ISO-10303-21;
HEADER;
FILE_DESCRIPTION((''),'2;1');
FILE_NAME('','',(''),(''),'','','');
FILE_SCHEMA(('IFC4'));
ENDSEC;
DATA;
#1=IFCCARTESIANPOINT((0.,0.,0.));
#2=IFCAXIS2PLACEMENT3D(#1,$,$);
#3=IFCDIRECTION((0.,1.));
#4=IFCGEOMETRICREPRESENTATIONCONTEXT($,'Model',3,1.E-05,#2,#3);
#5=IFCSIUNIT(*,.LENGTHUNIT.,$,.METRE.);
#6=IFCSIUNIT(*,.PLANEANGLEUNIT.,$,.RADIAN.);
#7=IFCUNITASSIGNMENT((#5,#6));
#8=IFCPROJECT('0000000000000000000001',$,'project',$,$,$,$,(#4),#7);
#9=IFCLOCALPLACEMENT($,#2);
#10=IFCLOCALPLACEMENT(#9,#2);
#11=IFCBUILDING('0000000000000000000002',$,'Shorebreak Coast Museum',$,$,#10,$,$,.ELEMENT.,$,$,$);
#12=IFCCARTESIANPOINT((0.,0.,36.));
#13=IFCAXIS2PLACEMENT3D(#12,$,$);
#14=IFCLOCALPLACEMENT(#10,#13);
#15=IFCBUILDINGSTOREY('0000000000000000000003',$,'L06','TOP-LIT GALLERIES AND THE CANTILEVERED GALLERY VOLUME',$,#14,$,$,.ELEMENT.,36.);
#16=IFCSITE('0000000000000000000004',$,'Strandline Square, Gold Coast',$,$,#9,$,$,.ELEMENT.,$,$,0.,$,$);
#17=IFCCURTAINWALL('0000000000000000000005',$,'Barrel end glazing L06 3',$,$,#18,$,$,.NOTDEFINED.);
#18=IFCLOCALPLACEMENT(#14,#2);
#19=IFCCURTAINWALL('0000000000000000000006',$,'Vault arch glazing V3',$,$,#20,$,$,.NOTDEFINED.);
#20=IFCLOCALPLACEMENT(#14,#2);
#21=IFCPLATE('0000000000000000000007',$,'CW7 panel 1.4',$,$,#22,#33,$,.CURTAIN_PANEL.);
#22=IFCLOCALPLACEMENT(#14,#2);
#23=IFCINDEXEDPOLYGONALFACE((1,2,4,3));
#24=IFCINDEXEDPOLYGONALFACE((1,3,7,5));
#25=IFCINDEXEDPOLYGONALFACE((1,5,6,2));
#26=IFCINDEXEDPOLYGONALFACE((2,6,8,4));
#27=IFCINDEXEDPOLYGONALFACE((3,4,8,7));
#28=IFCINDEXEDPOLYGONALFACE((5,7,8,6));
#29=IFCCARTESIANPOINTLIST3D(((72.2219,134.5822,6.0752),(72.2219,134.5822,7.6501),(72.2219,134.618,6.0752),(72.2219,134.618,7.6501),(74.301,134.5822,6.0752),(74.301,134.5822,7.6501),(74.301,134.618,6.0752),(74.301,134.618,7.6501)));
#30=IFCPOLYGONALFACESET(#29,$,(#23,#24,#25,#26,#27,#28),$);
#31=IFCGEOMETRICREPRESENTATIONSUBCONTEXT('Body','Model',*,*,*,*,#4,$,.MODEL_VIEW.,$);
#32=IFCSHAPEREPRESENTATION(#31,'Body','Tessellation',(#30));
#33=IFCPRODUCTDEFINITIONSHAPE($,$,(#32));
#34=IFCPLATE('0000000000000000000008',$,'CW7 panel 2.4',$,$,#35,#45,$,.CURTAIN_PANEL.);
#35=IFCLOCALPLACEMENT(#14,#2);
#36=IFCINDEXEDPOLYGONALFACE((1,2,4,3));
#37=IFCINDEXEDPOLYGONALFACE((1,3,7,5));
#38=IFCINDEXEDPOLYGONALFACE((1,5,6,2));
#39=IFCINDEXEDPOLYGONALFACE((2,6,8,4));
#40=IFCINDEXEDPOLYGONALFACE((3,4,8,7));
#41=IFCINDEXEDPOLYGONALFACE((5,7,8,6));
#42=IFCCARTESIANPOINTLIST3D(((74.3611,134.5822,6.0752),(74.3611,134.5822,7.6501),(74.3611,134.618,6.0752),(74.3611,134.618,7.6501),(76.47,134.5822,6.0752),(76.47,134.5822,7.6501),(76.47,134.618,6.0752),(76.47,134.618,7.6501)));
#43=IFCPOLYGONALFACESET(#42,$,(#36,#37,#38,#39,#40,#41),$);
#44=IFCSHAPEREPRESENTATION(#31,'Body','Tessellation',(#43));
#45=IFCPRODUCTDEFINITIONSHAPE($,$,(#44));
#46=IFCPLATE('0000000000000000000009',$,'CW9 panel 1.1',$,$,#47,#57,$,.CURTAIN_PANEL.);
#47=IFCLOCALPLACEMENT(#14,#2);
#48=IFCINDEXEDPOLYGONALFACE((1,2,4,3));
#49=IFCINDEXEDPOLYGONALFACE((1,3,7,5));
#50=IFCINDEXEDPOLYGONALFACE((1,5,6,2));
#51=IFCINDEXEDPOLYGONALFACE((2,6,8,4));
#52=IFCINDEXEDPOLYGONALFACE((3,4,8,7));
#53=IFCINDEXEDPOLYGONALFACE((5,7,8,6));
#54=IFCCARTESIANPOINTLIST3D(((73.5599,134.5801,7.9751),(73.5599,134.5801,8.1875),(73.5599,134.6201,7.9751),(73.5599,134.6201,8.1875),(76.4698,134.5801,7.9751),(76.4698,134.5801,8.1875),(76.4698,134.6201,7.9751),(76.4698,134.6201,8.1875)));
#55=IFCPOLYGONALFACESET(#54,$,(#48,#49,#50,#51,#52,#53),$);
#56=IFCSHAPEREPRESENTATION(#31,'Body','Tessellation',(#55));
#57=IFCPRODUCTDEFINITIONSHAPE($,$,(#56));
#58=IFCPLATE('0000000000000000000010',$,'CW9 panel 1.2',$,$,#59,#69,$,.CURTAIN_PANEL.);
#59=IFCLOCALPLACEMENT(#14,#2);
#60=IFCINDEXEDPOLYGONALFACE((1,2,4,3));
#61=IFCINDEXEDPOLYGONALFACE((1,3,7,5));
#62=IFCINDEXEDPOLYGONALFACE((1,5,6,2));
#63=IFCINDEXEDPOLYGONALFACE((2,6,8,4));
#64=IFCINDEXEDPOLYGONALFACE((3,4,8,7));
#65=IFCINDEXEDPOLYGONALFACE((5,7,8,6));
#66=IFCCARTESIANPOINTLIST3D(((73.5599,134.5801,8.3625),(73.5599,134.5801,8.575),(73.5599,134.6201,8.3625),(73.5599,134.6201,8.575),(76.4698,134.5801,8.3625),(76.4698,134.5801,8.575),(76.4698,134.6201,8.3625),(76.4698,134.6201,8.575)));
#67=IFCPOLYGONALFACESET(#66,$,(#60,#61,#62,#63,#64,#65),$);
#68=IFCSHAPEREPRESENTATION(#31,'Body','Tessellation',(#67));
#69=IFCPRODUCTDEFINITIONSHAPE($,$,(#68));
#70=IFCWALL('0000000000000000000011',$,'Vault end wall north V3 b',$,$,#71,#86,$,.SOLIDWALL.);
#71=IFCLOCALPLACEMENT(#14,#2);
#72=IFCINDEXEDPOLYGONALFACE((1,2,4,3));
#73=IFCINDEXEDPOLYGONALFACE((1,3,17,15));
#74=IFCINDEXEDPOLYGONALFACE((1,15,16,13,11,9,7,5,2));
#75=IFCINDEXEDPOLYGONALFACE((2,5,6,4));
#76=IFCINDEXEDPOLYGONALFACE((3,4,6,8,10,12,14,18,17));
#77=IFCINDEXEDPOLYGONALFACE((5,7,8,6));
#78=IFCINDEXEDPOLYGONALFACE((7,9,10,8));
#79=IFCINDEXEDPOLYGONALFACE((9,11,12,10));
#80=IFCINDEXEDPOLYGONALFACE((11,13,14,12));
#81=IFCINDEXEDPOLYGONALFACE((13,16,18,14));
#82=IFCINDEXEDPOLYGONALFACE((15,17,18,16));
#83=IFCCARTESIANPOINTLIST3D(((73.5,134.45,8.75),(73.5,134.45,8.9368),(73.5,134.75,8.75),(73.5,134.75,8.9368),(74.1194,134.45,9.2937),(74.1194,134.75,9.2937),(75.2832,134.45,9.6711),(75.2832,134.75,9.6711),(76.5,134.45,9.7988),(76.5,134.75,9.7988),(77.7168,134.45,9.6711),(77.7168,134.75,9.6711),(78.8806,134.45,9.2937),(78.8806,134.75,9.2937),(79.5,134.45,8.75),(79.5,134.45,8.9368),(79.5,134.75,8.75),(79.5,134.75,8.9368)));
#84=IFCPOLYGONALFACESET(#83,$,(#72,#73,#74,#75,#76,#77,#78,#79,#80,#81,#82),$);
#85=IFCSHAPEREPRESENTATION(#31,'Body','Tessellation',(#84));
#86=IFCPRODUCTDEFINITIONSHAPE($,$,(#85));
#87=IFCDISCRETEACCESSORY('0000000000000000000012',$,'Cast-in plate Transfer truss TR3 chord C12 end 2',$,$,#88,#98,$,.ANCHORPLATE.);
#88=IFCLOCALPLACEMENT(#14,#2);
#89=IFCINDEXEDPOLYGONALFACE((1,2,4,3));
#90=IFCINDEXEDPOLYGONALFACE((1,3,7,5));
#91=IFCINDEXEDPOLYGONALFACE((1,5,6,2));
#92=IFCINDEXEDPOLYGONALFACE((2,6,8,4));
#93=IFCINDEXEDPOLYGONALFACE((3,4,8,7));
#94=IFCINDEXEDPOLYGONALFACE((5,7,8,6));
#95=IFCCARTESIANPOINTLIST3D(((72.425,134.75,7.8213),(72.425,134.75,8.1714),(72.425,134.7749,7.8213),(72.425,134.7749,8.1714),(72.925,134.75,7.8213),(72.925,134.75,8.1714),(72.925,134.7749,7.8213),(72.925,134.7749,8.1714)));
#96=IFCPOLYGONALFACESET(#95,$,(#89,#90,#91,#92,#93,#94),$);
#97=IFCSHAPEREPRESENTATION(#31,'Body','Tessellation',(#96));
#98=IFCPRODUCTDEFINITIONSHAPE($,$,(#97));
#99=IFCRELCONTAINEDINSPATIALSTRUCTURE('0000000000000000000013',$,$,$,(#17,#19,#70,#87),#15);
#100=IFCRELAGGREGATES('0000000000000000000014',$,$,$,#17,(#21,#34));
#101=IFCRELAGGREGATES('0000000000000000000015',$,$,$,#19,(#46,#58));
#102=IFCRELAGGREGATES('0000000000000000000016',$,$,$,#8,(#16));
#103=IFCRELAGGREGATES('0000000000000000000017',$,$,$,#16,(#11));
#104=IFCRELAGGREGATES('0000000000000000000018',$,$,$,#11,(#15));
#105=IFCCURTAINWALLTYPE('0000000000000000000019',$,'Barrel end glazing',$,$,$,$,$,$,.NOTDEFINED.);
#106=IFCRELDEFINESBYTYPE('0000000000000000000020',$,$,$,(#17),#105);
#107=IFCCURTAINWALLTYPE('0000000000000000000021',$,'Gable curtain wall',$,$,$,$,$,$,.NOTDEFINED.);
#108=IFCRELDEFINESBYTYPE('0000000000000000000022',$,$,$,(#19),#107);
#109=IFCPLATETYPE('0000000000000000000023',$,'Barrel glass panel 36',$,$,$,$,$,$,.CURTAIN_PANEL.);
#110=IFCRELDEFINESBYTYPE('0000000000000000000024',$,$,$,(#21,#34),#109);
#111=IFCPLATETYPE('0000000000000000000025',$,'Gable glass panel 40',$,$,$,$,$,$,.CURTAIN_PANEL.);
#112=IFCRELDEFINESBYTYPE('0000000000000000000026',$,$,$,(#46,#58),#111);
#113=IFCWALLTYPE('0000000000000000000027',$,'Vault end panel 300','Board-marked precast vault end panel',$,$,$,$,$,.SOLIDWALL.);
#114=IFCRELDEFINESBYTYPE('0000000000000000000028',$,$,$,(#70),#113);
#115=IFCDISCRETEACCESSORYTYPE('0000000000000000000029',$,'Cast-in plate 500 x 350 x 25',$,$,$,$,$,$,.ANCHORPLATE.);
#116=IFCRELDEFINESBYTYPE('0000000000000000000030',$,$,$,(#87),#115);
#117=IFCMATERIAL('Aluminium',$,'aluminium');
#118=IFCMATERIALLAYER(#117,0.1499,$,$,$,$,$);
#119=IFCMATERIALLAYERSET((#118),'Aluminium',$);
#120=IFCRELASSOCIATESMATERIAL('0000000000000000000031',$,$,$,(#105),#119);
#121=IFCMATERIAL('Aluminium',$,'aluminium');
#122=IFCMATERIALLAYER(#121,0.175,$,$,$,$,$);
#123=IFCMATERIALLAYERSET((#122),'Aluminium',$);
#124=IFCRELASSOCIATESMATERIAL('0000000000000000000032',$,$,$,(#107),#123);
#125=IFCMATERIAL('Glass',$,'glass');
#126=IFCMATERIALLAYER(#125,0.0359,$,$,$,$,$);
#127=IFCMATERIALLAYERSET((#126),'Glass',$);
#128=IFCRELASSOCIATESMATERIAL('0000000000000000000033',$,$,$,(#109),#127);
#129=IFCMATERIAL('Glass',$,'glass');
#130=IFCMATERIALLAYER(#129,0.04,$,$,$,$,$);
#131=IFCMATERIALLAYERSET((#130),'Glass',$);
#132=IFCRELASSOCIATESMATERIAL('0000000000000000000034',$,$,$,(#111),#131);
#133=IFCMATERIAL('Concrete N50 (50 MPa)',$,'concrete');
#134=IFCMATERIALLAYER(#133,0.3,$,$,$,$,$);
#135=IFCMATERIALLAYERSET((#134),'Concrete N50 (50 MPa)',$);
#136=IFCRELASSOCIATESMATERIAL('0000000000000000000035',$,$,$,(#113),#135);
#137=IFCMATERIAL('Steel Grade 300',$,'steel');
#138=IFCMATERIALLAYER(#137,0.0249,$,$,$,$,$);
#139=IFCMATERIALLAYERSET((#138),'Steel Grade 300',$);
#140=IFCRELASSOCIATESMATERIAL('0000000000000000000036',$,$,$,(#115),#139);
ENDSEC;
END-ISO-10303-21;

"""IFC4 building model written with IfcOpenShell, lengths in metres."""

from ifc_helpers import new_model, si_unit, direction, frame, origin, origin_2d, place, context, subcontext, project, spatial, polyline, rectangle, outline, extrude, material, layer, layer_set, type_object, element, aggregate, save


model = new_model("IFC4")

# Units and contexts
model_context = context("Model", 3, precision=1e-05, world=origin(), true_north=direction((0.0, 1.0)))
body_context = subcontext(model_context, "Body", "Model", "MODEL_VIEW")
ifc_project = project(units=[si_unit("LENGTHUNIT", "METRE"), si_unit("PLANEANGLEUNIT", "RADIAN")], contexts=[model_context])

# Site, building, storey
site_placement = place(None, origin())
site = spatial("IfcSite", under=ifc_project, at=site_placement, Name="Strandline Square, Gold Coast", CompositionType="ELEMENT", RefElevation=0.0)
building_placement = place(site_placement, origin())
building = spatial("IfcBuilding", under=site, at=building_placement, Name="Shorebreak Coast Museum", CompositionType="ELEMENT")
storey_placement = place(building_placement, frame((0.0, 0.0, 36.0)))
storey = spatial("IfcBuildingStorey", under=building, at=storey_placement, Name="L06", Description="TOP-LIT GALLERIES AND THE CANTILEVERED GALLERY VOLUME", CompositionType="ELEMENT", Elevation=36.0)

# Curtain walls
ifc_material_1 = material(Name="Aluminium", Category="aluminium")
ifc_layer_1 = layer(ifc_material_1, 0.1499)
ifc_layer_set_1 = layer_set([ifc_layer_1], Name="Aluminium")
curtain_wall_type_1 = type_object("IfcCurtainWallType", Name="Barrel end glazing", PredefinedType="NOTDEFINED", material=ifc_layer_set_1)
curtain_wall_1_placement = place(storey_placement, origin())
curtain_wall_1 = element("IfcCurtainWall", 1, at=curtain_wall_1_placement, inside=storey, type_object=curtain_wall_type_1, Name="Barrel end glazing L06 3", PredefinedType="NOTDEFINED")
ifc_material_2 = material(Name="Aluminium", Category="aluminium")
ifc_layer_2 = layer(ifc_material_2, 0.175)
ifc_layer_set_2 = layer_set([ifc_layer_2], Name="Aluminium")
curtain_wall_type_2 = type_object("IfcCurtainWallType", Name="Gable curtain wall", PredefinedType="NOTDEFINED", material=ifc_layer_set_2)
curtain_wall_2_placement = place(storey_placement, origin())
curtain_wall_2 = element("IfcCurtainWall", 2, at=curtain_wall_2_placement, inside=storey, type_object=curtain_wall_type_2, Name="Vault arch glazing V3", PredefinedType="NOTDEFINED")

# Plates
ifc_material_3 = material(Name="Glass", Category="glass")
ifc_layer_3 = layer(ifc_material_3, 0.0359)
ifc_layer_set_3 = layer_set([ifc_layer_3], Name="Glass")
plate_type_1 = type_object("IfcPlateType", Name="Barrel glass panel 36", PredefinedType="CURTAIN_PANEL", material=ifc_layer_set_3)
plate_1_placement = place(storey_placement, frame((73.2615, 134.6001, 6.0752), z_axis=(0.0, 0.0, 1.0), x_axis=(1.0, 0.0, 0.0)))
plate_1 = element("IfcPlate", 3, at=plate_1_placement, type_object=plate_type_1, Name="CW7 panel 1.4", PredefinedType="CURTAIN_PANEL", context=body_context, shape_type="SweptSolid", body=[
    extrude(rectangle(XDim=2.0791, YDim=0.0359, at=origin_2d()), origin(), (0.0, 0.0, 1.0), 1.575),
])
plate_2_placement = place(storey_placement, frame((75.4155, 134.6001, 6.0752), z_axis=(0.0, 0.0, 1.0), x_axis=(1.0, 0.0, 0.0)))
plate_2 = element("IfcPlate", 4, at=plate_2_placement, type_object=plate_type_1, Name="CW7 panel 2.4", PredefinedType="CURTAIN_PANEL", context=body_context, shape_type="SweptSolid", body=[
    extrude(rectangle(XDim=2.1089, YDim=0.0359, at=origin_2d()), origin(), (0.0, 0.0, 1.0), 1.575),
])
aggregate(curtain_wall_1, [plate_1, plate_2])
ifc_material_4 = material(Name="Glass", Category="glass")
ifc_layer_4 = layer(ifc_material_4, 0.04)
ifc_layer_set_4 = layer_set([ifc_layer_4], Name="Glass")
plate_type_2 = type_object("IfcPlateType", Name="Gable glass panel 40", PredefinedType="CURTAIN_PANEL", material=ifc_layer_set_4)
plate_3_placement = place(storey_placement, frame((75.0149, 134.6001, 7.9751), z_axis=(0.0, 0.0, 1.0), x_axis=(1.0, 0.0, 0.0)))
plate_3 = element("IfcPlate", 5, at=plate_3_placement, type_object=plate_type_2, Name="CW9 panel 1.1", PredefinedType="CURTAIN_PANEL", context=body_context, shape_type="SweptSolid", body=[
    extrude(rectangle(XDim=2.9099, YDim=0.04, at=origin_2d()), origin(), (0.0, 0.0, 1.0), 0.2124),
])
plate_4_placement = place(storey_placement, frame((75.0149, 134.6001, 8.3625), z_axis=(0.0, 0.0, 1.0), x_axis=(1.0, 0.0, 0.0)))
plate_4 = element("IfcPlate", 6, at=plate_4_placement, type_object=plate_type_2, Name="CW9 panel 1.2", PredefinedType="CURTAIN_PANEL", context=body_context, shape_type="SweptSolid", body=[
    extrude(rectangle(XDim=2.9099, YDim=0.04, at=origin_2d()), origin(), (0.0, 0.0, 1.0), 0.2124),
])
aggregate(curtain_wall_2, [plate_3, plate_4])

# Wall
ifc_material_5 = material(Name="Concrete N50 (50 MPa)", Category="concrete")
ifc_layer_5 = layer(ifc_material_5, 0.3)
ifc_layer_set_5 = layer_set([ifc_layer_5], Name="Concrete N50 (50 MPa)")
wall_type = type_object("IfcWallType", Name="Vault end panel 300", Description="Board-marked precast vault end panel", PredefinedType="SOLIDWALL", material=ifc_layer_set_5)
wall_placement = place(storey_placement, frame((73.5, 134.6001, 8.75), z_axis=(0.0, 0.0, 1.0), x_axis=(1.0, 0.0, 0.0)))
element("IfcWall", 7, at=wall_placement, inside=storey, type_object=wall_type, Name="Vault end wall north V3 b", PredefinedType="SOLIDWALL", context=body_context, shape_type="SweptSolid", body=[
    extrude(outline(polyline([(0.0, 0.0), (6.0, 0.0), (6.0, 0.1868), (5.3806, 0.5437), (4.2168, 0.9211), (3.0, 1.0488), (1.7832, 0.9211), (0.6194, 0.5437), (0.0, 0.1868), (0.0, 0.0)])), frame((0.0, 0.1499, 0.0), z_axis=(0.0, -1.0, 0.0), x_axis=(1.0, 0.0, 0.0)), (0.0, 0.0, 1.0), 0.3),
])

# Discrete accessory
ifc_material_6 = material(Name="Steel Grade 300", Category="steel")
ifc_layer_6 = layer(ifc_material_6, 0.0249)
ifc_layer_set_6 = layer_set([ifc_layer_6], Name="Steel Grade 300")
discrete_accessory_type = type_object("IfcDiscreteAccessoryType", Name="Cast-in plate 500 x 350 x 25", PredefinedType="ANCHORPLATE", material=ifc_layer_set_6)
discrete_accessory_placement = place(storey_placement, frame((72.425, 134.75, 7.8213), z_axis=(0.0, -1.0, 0.0), x_axis=(1.0, 0.0, 0.0)))
element("IfcDiscreteAccessory", 8, at=discrete_accessory_placement, inside=storey, type_object=discrete_accessory_type, Name="Cast-in plate Transfer truss TR3 chord C12 end 2", PredefinedType="ANCHORPLATE", context=body_context, shape_type="SweptSolid", body=[
    extrude(outline(polyline([(0.0, 0.0), (0.5, 0.0), (0.5, 0.3501), (0.0, 0.3501), (0.0, 0.0)])), origin(), (0.0, 0.0, -1.0), 0.0249),
])

save(model, "model.ifc")
